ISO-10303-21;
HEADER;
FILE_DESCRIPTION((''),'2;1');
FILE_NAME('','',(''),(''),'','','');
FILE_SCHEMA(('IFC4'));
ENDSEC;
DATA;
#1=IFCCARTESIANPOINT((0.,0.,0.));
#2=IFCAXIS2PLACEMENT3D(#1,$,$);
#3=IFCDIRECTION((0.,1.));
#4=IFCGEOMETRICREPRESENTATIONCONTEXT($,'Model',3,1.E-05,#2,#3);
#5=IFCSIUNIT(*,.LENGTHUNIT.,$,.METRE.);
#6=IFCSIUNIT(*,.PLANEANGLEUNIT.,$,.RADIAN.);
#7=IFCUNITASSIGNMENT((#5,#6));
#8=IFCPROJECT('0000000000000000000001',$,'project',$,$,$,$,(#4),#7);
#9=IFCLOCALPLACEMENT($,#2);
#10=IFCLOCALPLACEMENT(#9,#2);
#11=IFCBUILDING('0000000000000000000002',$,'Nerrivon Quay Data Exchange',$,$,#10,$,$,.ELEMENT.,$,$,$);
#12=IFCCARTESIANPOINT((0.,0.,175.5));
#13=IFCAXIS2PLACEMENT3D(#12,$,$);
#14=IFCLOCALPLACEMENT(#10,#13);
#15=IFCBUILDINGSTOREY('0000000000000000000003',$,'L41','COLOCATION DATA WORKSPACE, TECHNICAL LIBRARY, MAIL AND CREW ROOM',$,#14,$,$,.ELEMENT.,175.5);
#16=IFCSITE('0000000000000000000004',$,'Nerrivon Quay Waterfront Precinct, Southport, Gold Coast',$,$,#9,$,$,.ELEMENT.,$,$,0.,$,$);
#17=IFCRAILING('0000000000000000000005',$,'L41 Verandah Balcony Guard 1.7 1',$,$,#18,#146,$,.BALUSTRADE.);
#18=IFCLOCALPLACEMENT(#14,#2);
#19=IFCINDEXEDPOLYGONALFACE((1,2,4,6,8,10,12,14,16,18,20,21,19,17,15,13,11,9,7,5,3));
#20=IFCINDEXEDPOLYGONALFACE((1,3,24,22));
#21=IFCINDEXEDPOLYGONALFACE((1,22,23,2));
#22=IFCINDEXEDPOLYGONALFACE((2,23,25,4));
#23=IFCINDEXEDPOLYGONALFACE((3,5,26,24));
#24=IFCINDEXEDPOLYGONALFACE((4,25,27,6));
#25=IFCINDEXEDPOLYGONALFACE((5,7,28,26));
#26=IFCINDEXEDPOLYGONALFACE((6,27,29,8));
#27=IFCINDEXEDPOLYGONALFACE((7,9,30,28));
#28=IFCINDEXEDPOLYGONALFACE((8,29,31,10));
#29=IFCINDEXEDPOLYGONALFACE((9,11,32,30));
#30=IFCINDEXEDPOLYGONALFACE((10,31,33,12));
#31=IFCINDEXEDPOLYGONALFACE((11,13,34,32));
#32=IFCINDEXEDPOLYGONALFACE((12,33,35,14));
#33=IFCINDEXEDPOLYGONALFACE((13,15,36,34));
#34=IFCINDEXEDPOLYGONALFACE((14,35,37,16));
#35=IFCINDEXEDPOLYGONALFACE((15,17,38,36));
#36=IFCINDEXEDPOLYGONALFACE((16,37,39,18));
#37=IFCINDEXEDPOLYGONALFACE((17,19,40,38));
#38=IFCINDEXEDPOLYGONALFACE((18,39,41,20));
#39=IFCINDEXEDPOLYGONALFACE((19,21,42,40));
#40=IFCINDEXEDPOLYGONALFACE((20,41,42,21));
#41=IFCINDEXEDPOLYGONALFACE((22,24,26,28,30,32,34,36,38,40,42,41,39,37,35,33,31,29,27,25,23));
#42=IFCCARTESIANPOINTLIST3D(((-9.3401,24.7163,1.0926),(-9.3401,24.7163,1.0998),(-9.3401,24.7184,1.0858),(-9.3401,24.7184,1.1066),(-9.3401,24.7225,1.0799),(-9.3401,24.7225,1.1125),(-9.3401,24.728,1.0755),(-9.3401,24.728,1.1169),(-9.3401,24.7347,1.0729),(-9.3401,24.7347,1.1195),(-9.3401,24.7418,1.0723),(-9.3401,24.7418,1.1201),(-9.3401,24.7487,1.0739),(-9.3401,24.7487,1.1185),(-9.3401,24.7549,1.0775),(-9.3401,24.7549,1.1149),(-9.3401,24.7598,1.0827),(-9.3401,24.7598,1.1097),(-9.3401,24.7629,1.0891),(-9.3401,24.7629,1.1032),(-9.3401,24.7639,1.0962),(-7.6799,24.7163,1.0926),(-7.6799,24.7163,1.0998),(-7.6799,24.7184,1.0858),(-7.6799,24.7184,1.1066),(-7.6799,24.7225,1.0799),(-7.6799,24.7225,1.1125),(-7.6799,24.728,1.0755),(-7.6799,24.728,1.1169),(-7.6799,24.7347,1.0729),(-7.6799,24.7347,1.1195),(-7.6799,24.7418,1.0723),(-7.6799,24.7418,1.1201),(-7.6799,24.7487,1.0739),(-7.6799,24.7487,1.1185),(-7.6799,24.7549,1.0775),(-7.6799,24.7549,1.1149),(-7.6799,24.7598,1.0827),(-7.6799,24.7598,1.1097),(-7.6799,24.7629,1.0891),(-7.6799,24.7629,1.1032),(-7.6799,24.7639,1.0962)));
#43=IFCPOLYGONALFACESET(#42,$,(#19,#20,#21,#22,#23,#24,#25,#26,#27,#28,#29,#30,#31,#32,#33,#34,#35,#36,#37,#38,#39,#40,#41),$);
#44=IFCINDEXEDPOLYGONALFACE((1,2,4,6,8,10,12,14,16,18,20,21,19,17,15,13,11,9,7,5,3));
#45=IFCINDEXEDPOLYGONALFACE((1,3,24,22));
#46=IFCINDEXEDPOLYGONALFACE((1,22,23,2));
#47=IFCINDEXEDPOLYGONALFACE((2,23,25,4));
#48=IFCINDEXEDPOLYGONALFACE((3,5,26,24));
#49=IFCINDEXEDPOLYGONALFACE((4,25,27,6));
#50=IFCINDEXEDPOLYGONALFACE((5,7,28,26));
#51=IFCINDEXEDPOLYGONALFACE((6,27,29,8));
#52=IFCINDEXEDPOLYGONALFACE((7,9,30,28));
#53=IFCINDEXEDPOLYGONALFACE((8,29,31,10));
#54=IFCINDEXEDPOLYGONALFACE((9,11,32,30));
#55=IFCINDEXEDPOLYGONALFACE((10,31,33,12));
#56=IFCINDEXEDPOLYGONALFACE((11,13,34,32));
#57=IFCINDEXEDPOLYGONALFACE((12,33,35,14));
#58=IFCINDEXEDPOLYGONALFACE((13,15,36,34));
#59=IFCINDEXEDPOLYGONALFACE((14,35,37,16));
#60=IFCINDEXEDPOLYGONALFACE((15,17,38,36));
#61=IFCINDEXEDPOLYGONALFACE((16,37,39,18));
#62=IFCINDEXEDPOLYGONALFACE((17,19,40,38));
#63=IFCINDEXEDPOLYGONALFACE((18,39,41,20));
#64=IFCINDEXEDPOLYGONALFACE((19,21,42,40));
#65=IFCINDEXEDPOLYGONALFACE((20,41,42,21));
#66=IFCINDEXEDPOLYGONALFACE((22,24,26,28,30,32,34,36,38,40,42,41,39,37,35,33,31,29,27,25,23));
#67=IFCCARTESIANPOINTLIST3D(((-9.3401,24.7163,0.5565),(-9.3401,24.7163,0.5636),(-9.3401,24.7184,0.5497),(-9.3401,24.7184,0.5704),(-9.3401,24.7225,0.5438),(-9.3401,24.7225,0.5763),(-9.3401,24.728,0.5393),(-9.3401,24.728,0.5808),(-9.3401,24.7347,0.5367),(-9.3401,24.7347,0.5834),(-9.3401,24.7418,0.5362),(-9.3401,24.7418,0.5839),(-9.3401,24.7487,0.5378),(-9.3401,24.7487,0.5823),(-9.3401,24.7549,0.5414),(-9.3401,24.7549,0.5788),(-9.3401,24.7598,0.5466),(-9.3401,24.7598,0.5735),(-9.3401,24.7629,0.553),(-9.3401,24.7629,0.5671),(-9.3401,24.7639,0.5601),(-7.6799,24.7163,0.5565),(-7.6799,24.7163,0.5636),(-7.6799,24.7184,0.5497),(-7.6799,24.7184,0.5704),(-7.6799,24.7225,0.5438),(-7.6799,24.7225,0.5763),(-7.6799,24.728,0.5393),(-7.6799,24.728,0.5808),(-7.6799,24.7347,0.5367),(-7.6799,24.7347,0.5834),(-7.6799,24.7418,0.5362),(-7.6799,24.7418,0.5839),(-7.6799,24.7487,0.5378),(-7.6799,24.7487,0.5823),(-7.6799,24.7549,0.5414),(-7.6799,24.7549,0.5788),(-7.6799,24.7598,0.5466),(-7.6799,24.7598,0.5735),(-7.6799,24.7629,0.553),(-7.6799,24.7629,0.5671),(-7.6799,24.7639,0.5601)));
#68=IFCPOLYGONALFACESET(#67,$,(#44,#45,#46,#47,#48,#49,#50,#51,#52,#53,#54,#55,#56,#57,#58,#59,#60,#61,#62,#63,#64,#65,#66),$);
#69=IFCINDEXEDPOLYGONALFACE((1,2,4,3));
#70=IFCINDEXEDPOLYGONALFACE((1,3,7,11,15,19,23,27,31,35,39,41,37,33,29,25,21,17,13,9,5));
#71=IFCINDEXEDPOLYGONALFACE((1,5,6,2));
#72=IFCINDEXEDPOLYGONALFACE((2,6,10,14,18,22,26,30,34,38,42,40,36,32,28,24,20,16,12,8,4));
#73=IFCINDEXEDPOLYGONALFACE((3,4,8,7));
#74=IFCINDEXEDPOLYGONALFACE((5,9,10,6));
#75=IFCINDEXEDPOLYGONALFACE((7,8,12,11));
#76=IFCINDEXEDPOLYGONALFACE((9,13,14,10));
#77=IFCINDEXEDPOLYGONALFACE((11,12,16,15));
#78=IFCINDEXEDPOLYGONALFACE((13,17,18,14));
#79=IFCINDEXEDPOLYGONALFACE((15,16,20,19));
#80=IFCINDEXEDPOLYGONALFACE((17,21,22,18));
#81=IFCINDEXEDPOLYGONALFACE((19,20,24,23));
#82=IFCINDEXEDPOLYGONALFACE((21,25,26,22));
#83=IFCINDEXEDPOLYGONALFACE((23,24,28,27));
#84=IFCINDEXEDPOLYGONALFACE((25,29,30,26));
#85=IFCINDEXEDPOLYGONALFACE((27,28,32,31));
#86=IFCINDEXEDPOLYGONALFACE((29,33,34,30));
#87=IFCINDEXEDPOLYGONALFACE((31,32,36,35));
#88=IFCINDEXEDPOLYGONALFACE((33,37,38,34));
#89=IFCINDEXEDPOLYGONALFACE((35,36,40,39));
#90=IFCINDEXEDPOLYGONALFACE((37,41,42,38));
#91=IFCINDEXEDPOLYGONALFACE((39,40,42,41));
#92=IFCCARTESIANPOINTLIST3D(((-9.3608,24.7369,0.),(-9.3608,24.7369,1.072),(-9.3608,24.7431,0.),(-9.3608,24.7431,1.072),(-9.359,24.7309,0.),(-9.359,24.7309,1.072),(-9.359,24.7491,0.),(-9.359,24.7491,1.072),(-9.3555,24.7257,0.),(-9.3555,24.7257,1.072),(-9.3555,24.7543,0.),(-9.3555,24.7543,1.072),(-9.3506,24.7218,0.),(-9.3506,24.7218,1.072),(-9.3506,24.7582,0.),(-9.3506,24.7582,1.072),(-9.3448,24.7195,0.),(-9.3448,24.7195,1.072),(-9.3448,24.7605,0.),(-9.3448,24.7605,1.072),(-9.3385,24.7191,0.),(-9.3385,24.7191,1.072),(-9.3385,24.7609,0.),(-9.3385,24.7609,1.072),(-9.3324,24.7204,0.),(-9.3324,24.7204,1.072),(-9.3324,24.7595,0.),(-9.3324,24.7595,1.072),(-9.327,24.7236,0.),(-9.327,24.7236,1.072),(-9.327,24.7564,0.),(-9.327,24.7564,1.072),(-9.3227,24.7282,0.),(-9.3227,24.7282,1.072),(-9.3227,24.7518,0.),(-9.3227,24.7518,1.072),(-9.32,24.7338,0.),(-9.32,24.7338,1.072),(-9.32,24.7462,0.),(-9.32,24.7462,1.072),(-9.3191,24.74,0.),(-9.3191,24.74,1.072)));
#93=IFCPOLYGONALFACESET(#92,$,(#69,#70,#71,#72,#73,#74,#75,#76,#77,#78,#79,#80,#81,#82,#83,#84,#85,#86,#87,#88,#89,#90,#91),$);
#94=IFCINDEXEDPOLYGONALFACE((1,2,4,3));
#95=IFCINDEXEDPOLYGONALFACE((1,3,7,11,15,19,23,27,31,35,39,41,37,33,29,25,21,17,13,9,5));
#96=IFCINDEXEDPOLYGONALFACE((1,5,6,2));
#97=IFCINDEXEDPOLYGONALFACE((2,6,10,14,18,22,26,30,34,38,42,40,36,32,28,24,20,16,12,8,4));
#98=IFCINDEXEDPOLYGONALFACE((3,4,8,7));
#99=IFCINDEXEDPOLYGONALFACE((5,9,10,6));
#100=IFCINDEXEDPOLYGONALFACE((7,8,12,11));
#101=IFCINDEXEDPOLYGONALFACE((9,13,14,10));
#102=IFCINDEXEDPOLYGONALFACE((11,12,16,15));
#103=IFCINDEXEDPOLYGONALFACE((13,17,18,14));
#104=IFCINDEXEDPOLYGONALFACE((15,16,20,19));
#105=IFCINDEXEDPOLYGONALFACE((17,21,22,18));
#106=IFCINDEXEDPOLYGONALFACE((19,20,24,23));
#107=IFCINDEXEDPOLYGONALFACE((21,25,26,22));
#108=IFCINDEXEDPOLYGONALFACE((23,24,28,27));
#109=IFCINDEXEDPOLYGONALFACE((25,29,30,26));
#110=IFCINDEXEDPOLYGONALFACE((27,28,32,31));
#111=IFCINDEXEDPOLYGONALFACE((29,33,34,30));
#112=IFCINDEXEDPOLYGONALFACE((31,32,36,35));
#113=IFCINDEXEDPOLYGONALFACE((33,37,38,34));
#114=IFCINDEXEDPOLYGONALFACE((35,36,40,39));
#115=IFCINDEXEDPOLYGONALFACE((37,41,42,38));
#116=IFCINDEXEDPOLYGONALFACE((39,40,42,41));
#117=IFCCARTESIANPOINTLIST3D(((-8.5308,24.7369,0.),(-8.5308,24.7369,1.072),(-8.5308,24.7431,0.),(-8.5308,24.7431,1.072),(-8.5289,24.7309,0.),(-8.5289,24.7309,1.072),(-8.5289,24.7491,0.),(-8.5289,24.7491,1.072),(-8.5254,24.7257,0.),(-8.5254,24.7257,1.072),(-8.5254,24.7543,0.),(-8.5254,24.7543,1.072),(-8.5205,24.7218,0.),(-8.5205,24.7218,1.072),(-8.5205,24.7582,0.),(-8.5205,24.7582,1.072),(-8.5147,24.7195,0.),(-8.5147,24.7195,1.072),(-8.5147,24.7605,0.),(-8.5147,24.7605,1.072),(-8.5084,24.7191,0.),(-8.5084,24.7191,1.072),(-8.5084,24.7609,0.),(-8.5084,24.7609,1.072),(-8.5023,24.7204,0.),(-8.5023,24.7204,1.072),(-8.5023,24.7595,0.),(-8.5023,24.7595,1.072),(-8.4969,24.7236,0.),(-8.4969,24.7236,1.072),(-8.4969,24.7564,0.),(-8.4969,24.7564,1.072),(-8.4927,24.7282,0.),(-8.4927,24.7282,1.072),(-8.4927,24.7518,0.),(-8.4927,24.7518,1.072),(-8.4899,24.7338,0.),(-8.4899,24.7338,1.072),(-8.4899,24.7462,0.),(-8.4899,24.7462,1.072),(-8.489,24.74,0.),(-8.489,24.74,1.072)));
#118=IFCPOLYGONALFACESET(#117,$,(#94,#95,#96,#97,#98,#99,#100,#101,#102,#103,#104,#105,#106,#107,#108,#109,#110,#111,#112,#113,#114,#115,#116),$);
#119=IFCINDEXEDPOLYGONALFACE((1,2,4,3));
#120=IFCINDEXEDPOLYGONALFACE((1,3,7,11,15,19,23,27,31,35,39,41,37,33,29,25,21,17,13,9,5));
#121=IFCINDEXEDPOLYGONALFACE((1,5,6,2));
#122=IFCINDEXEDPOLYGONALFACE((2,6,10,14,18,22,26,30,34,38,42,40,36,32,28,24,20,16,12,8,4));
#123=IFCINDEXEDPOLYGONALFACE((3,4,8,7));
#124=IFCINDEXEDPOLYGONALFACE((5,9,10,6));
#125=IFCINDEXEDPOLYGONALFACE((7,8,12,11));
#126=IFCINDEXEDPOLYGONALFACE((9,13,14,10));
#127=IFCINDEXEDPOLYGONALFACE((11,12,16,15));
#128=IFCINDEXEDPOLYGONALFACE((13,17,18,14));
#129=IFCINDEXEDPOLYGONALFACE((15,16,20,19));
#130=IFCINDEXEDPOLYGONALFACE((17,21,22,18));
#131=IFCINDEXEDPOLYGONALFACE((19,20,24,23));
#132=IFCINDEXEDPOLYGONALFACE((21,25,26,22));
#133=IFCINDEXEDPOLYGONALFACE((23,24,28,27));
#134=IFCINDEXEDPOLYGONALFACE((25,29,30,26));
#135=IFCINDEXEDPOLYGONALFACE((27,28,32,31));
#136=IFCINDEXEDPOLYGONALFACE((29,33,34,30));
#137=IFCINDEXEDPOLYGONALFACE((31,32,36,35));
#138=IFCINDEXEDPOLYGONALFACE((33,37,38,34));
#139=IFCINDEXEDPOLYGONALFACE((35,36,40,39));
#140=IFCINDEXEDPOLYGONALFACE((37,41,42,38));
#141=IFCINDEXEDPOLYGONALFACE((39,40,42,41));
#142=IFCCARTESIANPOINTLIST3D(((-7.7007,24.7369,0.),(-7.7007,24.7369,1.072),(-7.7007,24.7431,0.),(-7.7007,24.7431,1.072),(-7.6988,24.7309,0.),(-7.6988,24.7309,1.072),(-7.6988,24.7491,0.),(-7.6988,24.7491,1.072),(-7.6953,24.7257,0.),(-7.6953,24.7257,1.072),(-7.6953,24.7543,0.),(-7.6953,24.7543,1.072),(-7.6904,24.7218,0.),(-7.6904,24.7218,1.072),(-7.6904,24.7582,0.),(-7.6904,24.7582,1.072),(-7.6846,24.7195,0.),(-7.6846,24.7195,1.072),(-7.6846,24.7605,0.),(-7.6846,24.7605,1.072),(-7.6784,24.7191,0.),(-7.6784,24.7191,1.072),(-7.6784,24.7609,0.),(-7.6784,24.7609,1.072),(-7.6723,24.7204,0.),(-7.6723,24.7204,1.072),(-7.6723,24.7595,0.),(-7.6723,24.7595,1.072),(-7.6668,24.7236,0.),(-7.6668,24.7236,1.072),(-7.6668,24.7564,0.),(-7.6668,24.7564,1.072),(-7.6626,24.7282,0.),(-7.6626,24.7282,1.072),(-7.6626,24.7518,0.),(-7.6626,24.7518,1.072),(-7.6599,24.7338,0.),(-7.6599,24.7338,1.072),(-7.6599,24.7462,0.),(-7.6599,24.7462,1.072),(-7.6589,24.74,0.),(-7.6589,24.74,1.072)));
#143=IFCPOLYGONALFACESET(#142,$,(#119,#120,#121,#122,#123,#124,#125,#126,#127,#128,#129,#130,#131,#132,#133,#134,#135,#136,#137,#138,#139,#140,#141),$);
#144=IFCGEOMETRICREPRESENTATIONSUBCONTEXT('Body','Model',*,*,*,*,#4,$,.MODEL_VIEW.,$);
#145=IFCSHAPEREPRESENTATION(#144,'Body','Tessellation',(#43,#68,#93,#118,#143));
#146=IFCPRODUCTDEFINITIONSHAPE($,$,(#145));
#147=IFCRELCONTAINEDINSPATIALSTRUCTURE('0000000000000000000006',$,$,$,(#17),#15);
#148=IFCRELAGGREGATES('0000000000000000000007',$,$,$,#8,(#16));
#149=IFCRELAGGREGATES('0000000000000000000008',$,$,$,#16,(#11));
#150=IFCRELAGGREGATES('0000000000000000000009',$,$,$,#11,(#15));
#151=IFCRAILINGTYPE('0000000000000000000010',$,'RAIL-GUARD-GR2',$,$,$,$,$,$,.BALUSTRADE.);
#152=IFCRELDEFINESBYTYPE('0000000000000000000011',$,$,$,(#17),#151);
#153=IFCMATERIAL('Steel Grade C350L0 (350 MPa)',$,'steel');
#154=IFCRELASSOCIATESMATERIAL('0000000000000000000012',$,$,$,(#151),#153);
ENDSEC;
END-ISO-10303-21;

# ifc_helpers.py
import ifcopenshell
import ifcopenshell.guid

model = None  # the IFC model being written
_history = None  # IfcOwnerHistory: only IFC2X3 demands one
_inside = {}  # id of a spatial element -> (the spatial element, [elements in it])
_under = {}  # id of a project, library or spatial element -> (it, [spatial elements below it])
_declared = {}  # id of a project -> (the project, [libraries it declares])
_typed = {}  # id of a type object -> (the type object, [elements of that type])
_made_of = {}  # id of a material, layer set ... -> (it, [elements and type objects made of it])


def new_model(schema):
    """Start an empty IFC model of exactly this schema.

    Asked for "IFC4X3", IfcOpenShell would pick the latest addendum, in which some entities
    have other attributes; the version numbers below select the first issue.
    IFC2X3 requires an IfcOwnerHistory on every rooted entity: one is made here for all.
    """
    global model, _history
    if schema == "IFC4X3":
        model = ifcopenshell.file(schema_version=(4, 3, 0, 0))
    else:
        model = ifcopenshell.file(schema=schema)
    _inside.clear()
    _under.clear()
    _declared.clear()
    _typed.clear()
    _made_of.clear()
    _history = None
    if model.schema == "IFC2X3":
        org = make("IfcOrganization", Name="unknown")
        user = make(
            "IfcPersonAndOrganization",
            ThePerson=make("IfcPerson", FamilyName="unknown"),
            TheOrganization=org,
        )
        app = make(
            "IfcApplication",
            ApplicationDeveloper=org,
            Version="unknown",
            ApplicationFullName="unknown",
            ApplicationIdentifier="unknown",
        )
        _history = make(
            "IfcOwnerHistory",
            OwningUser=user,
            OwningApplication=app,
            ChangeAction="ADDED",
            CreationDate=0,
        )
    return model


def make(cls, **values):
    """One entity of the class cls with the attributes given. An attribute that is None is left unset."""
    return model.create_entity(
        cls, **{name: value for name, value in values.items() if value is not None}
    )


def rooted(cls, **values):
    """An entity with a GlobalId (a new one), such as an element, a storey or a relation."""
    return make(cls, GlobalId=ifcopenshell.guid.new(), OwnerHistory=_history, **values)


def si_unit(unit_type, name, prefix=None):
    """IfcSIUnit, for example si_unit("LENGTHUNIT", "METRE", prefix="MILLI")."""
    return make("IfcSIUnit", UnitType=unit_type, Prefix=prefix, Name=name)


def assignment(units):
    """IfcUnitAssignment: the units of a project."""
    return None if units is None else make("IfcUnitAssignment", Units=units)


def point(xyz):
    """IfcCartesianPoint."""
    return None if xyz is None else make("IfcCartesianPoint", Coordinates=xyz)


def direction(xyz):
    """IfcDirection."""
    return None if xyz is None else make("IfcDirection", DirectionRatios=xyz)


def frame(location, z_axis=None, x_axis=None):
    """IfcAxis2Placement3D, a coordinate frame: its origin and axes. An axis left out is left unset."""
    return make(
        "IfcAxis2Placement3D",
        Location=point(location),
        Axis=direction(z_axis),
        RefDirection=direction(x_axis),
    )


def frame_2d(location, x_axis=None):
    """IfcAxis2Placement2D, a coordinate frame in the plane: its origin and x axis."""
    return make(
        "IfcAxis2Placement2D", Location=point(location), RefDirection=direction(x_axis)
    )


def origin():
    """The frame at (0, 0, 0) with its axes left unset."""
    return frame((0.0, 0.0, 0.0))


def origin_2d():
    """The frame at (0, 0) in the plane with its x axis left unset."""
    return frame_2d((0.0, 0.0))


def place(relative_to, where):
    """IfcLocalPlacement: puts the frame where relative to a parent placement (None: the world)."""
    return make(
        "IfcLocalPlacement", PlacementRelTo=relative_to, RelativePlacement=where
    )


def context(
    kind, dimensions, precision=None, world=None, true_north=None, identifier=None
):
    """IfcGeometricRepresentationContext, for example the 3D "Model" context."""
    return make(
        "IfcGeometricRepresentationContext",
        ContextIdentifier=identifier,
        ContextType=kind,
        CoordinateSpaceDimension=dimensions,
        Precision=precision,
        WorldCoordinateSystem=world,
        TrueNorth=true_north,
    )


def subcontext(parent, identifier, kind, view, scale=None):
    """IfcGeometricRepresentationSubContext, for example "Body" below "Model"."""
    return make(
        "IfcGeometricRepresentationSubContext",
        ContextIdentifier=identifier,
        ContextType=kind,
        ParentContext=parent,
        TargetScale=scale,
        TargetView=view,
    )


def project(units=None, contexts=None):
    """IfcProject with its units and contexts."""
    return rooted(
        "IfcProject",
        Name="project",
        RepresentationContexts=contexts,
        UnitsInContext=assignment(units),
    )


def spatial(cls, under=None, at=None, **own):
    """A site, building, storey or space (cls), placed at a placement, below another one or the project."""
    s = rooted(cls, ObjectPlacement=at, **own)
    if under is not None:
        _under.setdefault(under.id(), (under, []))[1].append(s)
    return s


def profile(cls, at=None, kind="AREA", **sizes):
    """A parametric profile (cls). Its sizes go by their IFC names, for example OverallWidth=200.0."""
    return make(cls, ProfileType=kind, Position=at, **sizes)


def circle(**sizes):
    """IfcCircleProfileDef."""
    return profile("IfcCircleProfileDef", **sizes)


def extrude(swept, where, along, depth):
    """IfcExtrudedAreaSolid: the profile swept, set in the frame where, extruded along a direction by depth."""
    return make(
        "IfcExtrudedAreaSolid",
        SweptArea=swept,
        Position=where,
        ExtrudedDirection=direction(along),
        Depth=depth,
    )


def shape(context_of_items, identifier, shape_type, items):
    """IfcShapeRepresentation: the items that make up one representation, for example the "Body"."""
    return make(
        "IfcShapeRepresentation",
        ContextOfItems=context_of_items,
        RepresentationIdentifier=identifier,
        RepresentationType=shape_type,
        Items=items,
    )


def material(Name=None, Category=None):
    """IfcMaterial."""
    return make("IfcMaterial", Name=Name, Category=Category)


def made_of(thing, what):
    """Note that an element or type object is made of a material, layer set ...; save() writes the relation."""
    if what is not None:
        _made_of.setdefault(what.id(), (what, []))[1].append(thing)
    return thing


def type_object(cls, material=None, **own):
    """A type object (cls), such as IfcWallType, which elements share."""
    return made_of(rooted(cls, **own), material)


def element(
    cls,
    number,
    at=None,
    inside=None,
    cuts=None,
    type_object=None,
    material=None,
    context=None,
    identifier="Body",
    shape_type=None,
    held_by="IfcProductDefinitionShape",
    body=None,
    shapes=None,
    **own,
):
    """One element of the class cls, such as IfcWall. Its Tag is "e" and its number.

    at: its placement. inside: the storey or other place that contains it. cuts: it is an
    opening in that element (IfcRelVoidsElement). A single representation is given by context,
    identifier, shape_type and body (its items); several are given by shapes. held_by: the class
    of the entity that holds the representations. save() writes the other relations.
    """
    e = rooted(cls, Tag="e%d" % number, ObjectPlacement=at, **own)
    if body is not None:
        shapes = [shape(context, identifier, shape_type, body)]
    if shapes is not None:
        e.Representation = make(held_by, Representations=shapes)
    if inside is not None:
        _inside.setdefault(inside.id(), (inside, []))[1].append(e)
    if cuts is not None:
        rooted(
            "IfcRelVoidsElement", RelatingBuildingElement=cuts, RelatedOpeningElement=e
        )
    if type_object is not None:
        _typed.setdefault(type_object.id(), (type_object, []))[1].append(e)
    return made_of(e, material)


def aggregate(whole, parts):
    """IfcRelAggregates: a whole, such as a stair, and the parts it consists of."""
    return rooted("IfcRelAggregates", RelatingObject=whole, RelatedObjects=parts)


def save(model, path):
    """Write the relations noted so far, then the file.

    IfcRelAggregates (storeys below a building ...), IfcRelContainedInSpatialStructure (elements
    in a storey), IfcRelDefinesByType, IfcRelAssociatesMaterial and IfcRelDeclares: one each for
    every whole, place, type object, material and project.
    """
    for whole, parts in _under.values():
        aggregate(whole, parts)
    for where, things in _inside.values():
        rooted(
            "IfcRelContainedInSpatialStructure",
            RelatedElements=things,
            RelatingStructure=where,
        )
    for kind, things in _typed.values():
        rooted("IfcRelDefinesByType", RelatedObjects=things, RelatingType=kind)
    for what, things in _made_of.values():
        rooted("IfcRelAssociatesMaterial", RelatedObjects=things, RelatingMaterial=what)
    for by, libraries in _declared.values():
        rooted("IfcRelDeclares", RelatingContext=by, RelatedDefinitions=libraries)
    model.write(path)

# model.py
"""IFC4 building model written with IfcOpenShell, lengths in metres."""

from ifc_helpers import new_model, si_unit, direction, frame, origin, origin_2d, place, context, subcontext, project, spatial, circle, extrude, material, type_object, element, save


model = new_model("IFC4")

# Units and contexts
model_context = context("Model", 3, precision=1e-05, world=origin(), true_north=direction((0.0, 1.0)))
body_context = subcontext(model_context, "Body", "Model", "MODEL_VIEW")
ifc_project = project(units=[si_unit("LENGTHUNIT", "METRE"), si_unit("PLANEANGLEUNIT", "RADIAN")], contexts=[model_context])

# Site, building, storey
site_placement = place(None, origin())
site = spatial("IfcSite", under=ifc_project, at=site_placement, Name="Nerrivon Quay Waterfront Precinct, Southport, Gold Coast", CompositionType="ELEMENT", RefElevation=0.0)
building_placement = place(site_placement, origin())
building = spatial("IfcBuilding", under=site, at=building_placement, Name="Nerrivon Quay Data Exchange", CompositionType="ELEMENT")
storey_placement = place(building_placement, frame((0.0, 0.0, 175.5)))
storey = spatial("IfcBuildingStorey", under=building, at=storey_placement, Name="L41", Description="COLOCATION DATA WORKSPACE, TECHNICAL LIBRARY, MAIL AND CREW ROOM", CompositionType="ELEMENT", Elevation=175.5)

# Railing
ifc_material_1 = material(Name="Steel Grade C350L0 (350 MPa)", Category="steel")
railing_type = type_object("IfcRailingType", Name="RAIL-GUARD-GR2", PredefinedType="BALUSTRADE", material=ifc_material_1)
railing_1_placement = place(storey_placement, frame((-9.3401, 24.74, 0.0)))
element("IfcRailing", 1, at=railing_1_placement, inside=storey, type_object=railing_type, Name="L41 Verandah Balcony Guard 1.7 1", PredefinedType="BALUSTRADE", context=body_context, shape_type="SweptSolid", body=[
    extrude(circle(Radius=0.0239, at=origin_2d()), frame((0.0, 0.0, 1.0962), z_axis=(1.0, 0.0, 0.0), x_axis=(0.0, 1.0, 0.0)), (0.0, 0.0, 1.0), 1.6602),
    extrude(circle(Radius=0.0239, at=origin_2d()), frame((0.0, 0.0, 0.5601), z_axis=(1.0, 0.0, 0.0), x_axis=(0.0, 1.0, 0.0)), (0.0, 0.0, 1.0), 1.6602),
    extrude(circle(Radius=0.021, at=origin_2d()), origin(), (0.0, 0.0, 1.0), 1.072),
    extrude(circle(Radius=0.021, at=origin_2d()), frame((0.8301, 0.0, 0.0)), (0.0, 0.0, 1.0), 1.072),
    extrude(circle(Radius=0.021, at=origin_2d()), frame((1.6602, 0.0, 0.0)), (0.0, 0.0, 1.0), 1.072),
])

save(model, "model.ifc")
